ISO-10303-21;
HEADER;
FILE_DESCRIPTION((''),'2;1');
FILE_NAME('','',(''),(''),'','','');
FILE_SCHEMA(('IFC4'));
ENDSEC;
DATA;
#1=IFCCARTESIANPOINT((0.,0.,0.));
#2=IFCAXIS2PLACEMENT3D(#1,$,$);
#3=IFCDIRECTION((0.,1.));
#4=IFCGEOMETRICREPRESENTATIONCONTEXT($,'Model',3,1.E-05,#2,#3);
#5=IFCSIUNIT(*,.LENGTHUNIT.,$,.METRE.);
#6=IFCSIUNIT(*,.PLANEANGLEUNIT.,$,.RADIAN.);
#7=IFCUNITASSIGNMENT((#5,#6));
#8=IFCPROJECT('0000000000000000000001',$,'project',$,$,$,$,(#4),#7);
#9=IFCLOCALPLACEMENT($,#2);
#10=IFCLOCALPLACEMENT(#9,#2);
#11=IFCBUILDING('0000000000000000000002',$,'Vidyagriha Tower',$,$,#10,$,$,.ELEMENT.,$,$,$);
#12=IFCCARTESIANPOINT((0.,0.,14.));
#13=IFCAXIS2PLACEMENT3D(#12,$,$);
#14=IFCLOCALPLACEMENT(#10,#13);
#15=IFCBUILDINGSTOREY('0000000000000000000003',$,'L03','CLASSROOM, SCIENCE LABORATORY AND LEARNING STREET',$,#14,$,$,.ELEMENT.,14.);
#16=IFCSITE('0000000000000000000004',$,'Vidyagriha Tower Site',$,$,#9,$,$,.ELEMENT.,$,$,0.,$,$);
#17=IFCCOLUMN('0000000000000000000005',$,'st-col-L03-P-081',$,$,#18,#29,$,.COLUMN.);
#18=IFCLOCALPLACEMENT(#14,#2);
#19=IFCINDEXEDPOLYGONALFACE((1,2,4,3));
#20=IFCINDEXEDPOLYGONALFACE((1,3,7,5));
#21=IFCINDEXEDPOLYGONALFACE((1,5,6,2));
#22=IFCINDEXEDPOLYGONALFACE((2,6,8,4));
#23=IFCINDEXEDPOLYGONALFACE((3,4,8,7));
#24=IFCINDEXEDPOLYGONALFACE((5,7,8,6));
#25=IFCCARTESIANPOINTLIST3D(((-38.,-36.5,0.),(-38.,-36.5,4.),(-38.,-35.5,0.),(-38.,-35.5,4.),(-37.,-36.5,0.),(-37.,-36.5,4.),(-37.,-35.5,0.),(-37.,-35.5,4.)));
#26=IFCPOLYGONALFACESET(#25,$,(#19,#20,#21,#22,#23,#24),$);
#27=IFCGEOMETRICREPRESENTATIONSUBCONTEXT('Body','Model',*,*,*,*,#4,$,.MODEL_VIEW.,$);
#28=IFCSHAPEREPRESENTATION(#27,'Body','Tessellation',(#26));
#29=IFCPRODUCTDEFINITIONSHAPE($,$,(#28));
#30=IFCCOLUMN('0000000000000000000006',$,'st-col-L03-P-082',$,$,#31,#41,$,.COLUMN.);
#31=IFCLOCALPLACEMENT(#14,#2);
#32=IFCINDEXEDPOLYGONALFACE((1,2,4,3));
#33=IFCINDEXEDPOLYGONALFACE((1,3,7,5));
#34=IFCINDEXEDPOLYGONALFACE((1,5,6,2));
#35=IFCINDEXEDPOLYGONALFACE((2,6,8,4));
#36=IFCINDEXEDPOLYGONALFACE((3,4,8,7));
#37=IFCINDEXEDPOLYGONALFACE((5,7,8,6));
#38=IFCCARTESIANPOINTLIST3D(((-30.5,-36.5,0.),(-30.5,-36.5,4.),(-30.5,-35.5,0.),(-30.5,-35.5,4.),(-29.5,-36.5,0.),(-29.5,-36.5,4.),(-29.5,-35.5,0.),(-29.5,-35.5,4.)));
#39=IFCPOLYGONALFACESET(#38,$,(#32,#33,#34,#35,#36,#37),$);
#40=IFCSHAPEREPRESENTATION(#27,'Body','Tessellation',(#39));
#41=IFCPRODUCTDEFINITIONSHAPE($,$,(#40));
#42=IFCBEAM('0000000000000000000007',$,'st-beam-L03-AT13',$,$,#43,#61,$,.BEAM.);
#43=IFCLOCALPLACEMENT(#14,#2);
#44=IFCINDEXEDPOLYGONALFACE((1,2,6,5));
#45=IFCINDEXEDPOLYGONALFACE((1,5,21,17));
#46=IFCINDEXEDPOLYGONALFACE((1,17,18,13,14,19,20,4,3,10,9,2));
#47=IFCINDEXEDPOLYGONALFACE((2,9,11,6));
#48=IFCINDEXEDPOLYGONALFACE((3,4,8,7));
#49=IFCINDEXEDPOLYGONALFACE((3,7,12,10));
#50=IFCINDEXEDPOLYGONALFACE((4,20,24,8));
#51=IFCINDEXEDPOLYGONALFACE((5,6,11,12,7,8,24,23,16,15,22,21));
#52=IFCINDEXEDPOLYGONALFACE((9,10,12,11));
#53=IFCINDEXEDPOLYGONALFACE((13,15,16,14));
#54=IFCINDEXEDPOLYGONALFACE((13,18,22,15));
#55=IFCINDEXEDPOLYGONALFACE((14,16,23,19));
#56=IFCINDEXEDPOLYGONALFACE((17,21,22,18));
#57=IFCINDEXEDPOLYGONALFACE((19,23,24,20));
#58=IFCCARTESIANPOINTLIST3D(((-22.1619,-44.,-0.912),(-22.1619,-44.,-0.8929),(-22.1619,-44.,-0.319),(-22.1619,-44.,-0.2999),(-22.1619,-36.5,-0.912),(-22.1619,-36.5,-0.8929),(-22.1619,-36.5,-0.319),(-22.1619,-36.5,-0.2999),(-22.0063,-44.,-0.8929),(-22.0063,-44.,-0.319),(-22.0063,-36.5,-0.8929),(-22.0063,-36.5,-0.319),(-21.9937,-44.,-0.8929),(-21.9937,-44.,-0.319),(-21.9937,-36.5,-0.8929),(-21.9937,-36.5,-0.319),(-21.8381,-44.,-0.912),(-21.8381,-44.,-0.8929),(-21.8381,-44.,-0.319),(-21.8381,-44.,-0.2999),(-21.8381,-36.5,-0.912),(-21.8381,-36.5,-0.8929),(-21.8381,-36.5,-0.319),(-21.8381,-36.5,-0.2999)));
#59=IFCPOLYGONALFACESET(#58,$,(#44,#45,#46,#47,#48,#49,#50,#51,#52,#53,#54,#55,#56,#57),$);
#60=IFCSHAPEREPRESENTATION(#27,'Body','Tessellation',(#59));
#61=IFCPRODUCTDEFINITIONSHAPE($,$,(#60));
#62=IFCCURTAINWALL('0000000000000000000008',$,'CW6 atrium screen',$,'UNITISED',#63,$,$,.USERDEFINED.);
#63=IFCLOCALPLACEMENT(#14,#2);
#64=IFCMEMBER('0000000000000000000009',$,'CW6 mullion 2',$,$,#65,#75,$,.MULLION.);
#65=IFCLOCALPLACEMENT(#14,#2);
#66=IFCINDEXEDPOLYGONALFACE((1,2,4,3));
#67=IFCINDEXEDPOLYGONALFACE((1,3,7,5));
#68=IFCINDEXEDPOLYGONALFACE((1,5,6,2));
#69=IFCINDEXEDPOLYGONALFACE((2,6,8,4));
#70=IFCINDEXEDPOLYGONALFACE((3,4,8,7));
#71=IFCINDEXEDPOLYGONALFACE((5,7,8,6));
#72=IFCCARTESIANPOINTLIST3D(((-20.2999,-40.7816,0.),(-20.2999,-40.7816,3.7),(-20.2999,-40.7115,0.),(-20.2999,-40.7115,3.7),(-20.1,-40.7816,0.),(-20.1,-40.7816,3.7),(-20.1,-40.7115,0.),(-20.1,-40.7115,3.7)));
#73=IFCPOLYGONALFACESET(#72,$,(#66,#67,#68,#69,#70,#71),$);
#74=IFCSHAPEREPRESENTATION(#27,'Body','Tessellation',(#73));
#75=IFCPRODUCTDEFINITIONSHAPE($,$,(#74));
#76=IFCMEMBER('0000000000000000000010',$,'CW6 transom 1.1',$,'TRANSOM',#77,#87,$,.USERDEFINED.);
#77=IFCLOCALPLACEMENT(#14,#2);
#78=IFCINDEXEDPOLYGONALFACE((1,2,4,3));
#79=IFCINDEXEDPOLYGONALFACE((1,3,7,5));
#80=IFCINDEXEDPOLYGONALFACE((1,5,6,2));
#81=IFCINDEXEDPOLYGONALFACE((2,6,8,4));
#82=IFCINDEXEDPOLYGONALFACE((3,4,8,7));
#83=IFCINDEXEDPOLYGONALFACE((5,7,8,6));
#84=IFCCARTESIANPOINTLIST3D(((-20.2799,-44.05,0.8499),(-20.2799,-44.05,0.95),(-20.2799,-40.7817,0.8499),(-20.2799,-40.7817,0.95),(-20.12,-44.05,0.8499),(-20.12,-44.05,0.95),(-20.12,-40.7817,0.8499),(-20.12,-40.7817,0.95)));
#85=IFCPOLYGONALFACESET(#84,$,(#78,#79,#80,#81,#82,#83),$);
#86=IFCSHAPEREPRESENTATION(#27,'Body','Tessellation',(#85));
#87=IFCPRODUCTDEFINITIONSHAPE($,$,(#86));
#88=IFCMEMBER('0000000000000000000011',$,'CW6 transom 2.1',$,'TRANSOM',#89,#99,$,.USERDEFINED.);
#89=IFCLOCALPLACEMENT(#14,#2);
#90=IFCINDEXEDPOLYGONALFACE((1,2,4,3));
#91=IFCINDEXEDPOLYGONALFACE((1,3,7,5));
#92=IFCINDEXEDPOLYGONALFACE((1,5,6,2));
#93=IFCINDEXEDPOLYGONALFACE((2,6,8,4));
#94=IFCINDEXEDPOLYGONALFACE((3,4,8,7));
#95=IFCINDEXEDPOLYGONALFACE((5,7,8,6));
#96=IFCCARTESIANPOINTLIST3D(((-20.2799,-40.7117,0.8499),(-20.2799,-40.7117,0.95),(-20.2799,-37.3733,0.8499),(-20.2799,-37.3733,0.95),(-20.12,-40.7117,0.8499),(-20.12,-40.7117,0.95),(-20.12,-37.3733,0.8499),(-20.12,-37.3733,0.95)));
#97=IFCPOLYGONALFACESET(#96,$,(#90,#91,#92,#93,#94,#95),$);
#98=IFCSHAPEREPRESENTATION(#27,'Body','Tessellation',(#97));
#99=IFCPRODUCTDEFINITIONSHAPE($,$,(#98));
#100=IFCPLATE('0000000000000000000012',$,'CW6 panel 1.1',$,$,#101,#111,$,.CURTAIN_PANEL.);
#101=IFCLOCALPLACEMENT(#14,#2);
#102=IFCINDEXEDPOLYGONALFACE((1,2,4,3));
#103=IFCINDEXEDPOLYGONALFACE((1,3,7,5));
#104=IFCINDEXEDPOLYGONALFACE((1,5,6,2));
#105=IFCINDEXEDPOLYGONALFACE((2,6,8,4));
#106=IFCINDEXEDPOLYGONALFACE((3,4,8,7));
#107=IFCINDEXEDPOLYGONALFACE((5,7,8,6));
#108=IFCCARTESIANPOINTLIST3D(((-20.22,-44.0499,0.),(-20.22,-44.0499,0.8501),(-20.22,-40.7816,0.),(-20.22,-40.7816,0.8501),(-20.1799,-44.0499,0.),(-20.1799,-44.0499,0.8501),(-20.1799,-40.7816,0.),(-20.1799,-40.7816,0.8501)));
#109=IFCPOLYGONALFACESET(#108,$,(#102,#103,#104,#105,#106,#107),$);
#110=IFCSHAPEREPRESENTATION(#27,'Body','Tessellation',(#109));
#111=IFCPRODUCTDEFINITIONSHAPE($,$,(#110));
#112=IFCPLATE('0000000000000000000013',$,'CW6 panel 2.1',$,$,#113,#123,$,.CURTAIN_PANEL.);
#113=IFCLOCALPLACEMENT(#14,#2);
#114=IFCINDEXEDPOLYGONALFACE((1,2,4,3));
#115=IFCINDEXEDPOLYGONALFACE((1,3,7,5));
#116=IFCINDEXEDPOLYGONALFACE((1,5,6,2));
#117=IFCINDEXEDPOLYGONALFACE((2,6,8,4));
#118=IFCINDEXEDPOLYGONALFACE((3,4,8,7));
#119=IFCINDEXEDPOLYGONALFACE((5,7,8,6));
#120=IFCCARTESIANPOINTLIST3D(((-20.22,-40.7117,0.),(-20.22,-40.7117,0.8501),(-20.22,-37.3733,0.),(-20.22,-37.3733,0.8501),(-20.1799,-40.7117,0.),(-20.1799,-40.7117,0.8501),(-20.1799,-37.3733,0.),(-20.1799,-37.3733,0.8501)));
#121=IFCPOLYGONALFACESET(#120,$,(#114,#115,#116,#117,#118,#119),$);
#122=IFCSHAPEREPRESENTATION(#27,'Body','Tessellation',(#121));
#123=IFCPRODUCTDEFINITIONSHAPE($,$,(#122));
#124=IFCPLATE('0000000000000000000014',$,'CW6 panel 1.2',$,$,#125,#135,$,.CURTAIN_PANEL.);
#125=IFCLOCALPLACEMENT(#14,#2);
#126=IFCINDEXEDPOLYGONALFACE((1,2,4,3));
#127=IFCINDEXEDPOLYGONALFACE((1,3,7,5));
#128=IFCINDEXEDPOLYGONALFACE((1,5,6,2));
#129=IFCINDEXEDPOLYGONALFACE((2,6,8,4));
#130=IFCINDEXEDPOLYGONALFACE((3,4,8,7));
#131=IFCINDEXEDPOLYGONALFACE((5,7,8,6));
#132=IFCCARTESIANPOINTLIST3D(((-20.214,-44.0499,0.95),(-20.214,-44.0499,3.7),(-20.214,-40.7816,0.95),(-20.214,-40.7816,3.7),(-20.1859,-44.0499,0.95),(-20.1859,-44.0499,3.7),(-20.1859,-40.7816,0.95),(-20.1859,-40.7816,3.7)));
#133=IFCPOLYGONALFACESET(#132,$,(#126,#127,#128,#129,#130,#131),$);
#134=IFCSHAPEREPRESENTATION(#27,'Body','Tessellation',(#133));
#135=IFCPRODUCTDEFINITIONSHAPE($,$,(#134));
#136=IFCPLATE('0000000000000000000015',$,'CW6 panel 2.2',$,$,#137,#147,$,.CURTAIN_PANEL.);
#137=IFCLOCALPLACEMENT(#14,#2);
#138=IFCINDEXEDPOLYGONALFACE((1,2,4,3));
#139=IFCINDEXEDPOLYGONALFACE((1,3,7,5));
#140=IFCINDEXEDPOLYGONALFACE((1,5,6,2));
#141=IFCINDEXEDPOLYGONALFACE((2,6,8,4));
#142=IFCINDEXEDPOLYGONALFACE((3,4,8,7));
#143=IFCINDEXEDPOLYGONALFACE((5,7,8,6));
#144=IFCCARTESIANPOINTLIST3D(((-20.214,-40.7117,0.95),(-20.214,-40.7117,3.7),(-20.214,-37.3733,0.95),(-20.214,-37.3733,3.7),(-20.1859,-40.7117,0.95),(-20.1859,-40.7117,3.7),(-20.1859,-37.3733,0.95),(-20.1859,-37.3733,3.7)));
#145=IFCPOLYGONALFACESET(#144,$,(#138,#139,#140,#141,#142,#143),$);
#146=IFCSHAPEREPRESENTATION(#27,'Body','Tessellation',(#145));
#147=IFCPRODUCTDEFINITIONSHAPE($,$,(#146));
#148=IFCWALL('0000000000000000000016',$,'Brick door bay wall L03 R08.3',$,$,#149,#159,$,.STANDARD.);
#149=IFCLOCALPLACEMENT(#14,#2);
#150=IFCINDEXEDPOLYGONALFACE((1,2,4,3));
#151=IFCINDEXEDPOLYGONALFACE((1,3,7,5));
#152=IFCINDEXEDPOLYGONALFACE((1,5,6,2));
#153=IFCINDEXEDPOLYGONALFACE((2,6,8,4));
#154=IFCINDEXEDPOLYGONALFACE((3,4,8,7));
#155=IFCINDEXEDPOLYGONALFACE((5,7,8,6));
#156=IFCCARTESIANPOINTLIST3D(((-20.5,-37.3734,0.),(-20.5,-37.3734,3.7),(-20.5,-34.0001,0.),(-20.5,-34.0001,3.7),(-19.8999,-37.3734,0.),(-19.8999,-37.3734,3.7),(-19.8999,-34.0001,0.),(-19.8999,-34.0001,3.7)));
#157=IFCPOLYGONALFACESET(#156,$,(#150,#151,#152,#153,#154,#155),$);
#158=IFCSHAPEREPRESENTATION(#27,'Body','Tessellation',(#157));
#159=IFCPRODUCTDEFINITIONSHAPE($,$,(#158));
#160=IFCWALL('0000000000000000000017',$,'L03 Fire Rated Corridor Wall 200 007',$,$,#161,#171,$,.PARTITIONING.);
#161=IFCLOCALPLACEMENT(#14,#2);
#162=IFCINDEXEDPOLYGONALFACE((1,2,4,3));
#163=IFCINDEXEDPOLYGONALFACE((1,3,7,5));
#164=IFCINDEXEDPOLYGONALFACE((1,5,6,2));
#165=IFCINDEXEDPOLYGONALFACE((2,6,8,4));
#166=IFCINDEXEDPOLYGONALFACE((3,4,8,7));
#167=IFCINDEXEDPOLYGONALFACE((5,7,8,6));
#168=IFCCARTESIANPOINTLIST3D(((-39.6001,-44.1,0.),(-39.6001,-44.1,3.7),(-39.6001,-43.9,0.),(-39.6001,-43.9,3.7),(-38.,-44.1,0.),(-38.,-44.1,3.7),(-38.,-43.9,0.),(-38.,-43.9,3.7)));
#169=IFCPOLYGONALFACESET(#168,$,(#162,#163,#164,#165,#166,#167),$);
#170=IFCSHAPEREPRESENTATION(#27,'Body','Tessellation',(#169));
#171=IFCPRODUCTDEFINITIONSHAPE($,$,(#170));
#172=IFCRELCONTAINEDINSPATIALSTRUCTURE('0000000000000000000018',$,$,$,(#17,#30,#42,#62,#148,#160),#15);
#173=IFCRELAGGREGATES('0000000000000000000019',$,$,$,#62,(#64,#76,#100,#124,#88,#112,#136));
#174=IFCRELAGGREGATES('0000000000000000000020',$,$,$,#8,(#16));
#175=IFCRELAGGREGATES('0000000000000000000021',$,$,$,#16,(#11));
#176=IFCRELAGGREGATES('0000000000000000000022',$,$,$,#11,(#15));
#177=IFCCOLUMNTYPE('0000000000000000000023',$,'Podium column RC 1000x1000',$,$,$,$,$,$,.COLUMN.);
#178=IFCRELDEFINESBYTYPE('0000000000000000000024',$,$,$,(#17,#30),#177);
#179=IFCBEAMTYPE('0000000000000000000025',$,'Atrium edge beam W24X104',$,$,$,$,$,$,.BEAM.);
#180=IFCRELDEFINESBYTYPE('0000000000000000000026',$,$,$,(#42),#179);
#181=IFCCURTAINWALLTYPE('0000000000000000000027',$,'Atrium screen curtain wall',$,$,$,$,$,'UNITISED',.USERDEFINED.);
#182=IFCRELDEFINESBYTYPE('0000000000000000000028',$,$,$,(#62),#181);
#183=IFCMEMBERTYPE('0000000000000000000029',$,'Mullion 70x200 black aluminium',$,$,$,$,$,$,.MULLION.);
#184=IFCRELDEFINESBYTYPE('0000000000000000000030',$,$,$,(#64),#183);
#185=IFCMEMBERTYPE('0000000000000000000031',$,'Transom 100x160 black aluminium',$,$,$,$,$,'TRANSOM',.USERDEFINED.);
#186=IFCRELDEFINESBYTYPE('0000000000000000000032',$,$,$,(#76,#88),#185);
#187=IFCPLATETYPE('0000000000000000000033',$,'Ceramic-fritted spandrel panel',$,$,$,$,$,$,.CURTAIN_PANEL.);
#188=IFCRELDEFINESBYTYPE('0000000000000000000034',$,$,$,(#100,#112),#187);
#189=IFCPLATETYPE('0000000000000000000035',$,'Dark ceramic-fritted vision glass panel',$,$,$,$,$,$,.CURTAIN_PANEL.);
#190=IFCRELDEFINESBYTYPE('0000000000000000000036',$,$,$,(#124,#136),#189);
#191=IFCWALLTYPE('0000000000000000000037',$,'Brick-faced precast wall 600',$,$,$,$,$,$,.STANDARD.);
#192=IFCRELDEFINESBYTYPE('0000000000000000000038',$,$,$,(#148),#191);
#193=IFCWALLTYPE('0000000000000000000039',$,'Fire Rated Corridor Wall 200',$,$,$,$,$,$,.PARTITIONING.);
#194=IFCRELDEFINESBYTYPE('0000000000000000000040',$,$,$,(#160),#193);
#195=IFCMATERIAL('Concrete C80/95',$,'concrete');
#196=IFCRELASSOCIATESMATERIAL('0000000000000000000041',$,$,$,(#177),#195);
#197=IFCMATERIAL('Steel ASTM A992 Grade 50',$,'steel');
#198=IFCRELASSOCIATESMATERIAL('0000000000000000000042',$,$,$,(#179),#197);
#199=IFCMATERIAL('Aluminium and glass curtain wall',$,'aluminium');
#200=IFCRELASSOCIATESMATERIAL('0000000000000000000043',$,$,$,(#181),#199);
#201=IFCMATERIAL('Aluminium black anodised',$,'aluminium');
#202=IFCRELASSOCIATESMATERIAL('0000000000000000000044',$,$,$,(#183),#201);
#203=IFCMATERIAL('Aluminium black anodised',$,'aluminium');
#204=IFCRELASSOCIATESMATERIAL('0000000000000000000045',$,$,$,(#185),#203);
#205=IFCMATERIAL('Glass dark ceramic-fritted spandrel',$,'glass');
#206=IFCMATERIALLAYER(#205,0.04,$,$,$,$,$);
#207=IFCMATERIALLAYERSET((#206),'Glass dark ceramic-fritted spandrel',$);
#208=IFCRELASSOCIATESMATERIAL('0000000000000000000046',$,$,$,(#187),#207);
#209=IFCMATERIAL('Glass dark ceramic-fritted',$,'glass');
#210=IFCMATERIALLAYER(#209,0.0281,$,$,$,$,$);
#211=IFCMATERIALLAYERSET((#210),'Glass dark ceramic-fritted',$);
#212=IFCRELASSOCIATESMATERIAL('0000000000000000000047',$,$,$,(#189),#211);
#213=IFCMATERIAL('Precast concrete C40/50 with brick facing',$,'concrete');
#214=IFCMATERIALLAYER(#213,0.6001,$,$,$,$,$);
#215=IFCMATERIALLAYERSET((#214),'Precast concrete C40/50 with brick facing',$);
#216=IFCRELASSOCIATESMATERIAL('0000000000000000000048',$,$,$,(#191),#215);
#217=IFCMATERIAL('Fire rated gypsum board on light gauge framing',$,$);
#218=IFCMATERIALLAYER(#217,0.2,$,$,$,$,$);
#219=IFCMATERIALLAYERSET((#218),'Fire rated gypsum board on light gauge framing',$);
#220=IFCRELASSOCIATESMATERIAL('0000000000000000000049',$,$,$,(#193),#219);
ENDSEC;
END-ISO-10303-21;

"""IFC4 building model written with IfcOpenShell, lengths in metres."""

from ifc_helpers import new_model, si_unit, direction, frame, frame_2d, origin, origin_2d, place, context, subcontext, project, spatial, rectangle, i_section, extrude, material, layer, layer_set, material_profile, profile_set, type_object, element, aggregate, save


model = new_model("IFC4")

# Units and contexts
model_context = context("Model", 3, precision=1e-05, world=origin(), true_north=direction((0.0, 1.0)))
body_context = subcontext(model_context, "Body", "Model", "MODEL_VIEW")
ifc_project = project(units=[si_unit("LENGTHUNIT", "METRE"), si_unit("PLANEANGLEUNIT", "RADIAN")], contexts=[model_context])

# Site, building, storey
site_placement = place(None, origin())
site = spatial("IfcSite", under=ifc_project, at=site_placement, Name="Vidyagriha Tower Site", CompositionType="ELEMENT", RefElevation=0.0)
building_placement = place(site_placement, origin())
building = spatial("IfcBuilding", under=site, at=building_placement, Name="Vidyagriha Tower", CompositionType="ELEMENT")
storey_placement = place(building_placement, frame((0.0, 0.0, 14.0)))
storey = spatial("IfcBuildingStorey", under=building, at=storey_placement, Name="L03", Description="CLASSROOM, SCIENCE LABORATORY AND LEARNING STREET", CompositionType="ELEMENT", Elevation=14.0)

# Columns
ifc_material_1 = material(Name="Concrete C80/95", Category="concrete")
ifc_material_profile_1 = material_profile(ifc_material_1, rectangle(XDim=1.0, YDim=1.0, at=origin_2d()), Name="RC 1000x1000")
ifc_profile_set_1 = profile_set([ifc_material_profile_1], Name="Concrete C80/95")
column_type = type_object("IfcColumnType", Name="Podium column RC 1000x1000", PredefinedType="COLUMN", material=ifc_profile_set_1)
for number, where, name in (
    (1, (-37.5, -36.0, 0.0), "st-col-L03-P-081"),
    (2, (-30.0, -36.0, 0.0), "st-col-L03-P-082"),
):
    element("IfcColumn", number, at=place(storey_placement, frame(where)), inside=storey, type_object=column_type, Name=name, PredefinedType="COLUMN", context=body_context, shape_type="SweptSolid", body=[
        extrude(rectangle(XDim=1.0, YDim=1.0, at=origin_2d()), origin(), (0.0, 0.0, 1.0), 4.0),
    ])

# Beam
ifc_material_2 = material(Name="Steel ASTM A992 Grade 50", Category="steel")
ifc_material_profile_2 = material_profile(ifc_material_2, i_section(OverallWidth=0.3237, OverallDepth=0.6121, WebThickness=0.0127, FlangeThickness=0.019, at=origin_2d()), Name="W24X104")
ifc_profile_set_2 = profile_set([ifc_material_profile_2], Name="Steel ASTM A992 Grade 50")
beam_type = type_object("IfcBeamType", Name="Atrium edge beam W24X104", PredefinedType="BEAM", material=ifc_profile_set_2)
beam_placement = place(storey_placement, frame((-22.0, -44.0, -0.606), z_axis=(0.0, 1.0, 0.0), x_axis=(-1.0, 0.0, 0.0)))
element("IfcBeam", 3, at=beam_placement, inside=storey, type_object=beam_type, Name="st-beam-L03-AT13", PredefinedType="BEAM", context=body_context, shape_type="SweptSolid", body=[
    extrude(i_section(OverallWidth=0.3237, OverallDepth=0.6121, WebThickness=0.0127, FlangeThickness=0.019, at=origin_2d()), origin(), (0.0, 0.0, 1.0), 7.5),
])

# Curtain wall, members, plates
ifc_material_3 = material(Name="Aluminium and glass curtain wall", Category="aluminium")
curtain_wall_type = type_object("IfcCurtainWallType", Name="Atrium screen curtain wall", ElementType="UNITISED", PredefinedType="USERDEFINED", material=ifc_material_3)
curtain_wall_placement = place(storey_placement, origin())
curtain_wall = element("IfcCurtainWall", 4, at=curtain_wall_placement, inside=storey, type_object=curtain_wall_type, Name="CW6 atrium screen", ObjectType="UNITISED", PredefinedType="USERDEFINED")
ifc_material_4 = material(Name="Aluminium black anodised", Category="aluminium")
ifc_material_profile_3 = material_profile(ifc_material_4, rectangle(XDim=0.2, YDim=0.0701, at=origin_2d()), Name="Mullion 70x200 black aluminium")
ifc_profile_set_3 = profile_set([ifc_material_profile_3], Name="Aluminium black anodised")
member_type_1 = type_object("IfcMemberType", Name="Mullion 70x200 black aluminium", PredefinedType="MULLION", material=ifc_profile_set_3)
member_1_placement = place(storey_placement, frame((-20.2, -40.7466, 0.0), z_axis=(0.0, 0.0, 1.0), x_axis=(-1.0, 0.0, 0.0)))
member_1 = element("IfcMember", 5, at=member_1_placement, type_object=member_type_1, Name="CW6 mullion 2", PredefinedType="MULLION", context=body_context, shape_type="SweptSolid", body=[
    extrude(rectangle(XDim=0.2, YDim=0.0701, at=origin_2d()), origin(), (0.0, 0.0, 1.0), 3.7),
])
ifc_material_5 = material(Name="Aluminium black anodised", Category="aluminium")
ifc_material_profile_4 = material_profile(ifc_material_5, rectangle(XDim=0.1599, YDim=0.1001, at=origin_2d()), Name="Transom 100x160 black aluminium")
ifc_profile_set_4 = profile_set([ifc_material_profile_4], Name="Aluminium black anodised")
member_type_2 = type_object("IfcMemberType", Name="Transom 100x160 black aluminium", ElementType="TRANSOM", PredefinedType="USERDEFINED", material=ifc_profile_set_4)
member_2_placement = place(storey_placement, frame((-20.2, -44.05, 0.8999), z_axis=(0.0, 1.0, 0.0), x_axis=(-1.0, 0.0, 0.0)))
member_2 = element("IfcMember", 6, at=member_2_placement, type_object=member_type_2, Name="CW6 transom 1.1", ObjectType="TRANSOM", PredefinedType="USERDEFINED", context=body_context, shape_type="SweptSolid", body=[
    extrude(rectangle(XDim=0.1599, YDim=0.1001, at=origin_2d()), origin(), (0.0, 0.0, 1.0), 3.2683),
])
member_3_placement = place(storey_placement, frame((-20.2, -40.7117, 0.8999), z_axis=(0.0, 1.0, 0.0), x_axis=(-1.0, 0.0, 0.0)))
member_3 = element("IfcMember", 7, at=member_3_placement, type_object=member_type_2, Name="CW6 transom 2.1", ObjectType="TRANSOM", PredefinedType="USERDEFINED", context=body_context, shape_type="SweptSolid", body=[
    extrude(rectangle(XDim=0.1599, YDim=0.1001, at=origin_2d()), origin(), (0.0, 0.0, 1.0), 3.3384),
])
ifc_material_6 = material(Name="Glass dark ceramic-fritted spandrel", Category="glass")
ifc_layer_1 = layer(ifc_material_6, 0.04)
ifc_layer_set_1 = layer_set([ifc_layer_1], Name="Glass dark ceramic-fritted spandrel")
plate_type_1 = type_object("IfcPlateType", Name="Ceramic-fritted spandrel panel", PredefinedType="CURTAIN_PANEL", material=ifc_layer_set_1)
plate_1_placement = place(storey_placement, frame((-20.2, -42.4158, 0.0), z_axis=(0.0, 0.0, 1.0), x_axis=(0.0, 1.0, 0.0)))
plate_1 = element("IfcPlate", 8, at=plate_1_placement, type_object=plate_type_1, Name="CW6 panel 1.1", PredefinedType="CURTAIN_PANEL", context=body_context, shape_type="SweptSolid", body=[
    extrude(rectangle(XDim=3.2683, YDim=0.04, at=origin_2d()), origin(), (0.0, 0.0, 1.0), 0.8501),
])
plate_2_placement = place(storey_placement, frame((-20.2, -39.0425, 0.0), z_axis=(0.0, 0.0, 1.0), x_axis=(0.0, 1.0, 0.0)))
plate_2 = element("IfcPlate", 9, at=plate_2_placement, type_object=plate_type_1, Name="CW6 panel 2.1", PredefinedType="CURTAIN_PANEL", context=body_context, shape_type="SweptSolid", body=[
    extrude(rectangle(XDim=3.3384, YDim=0.04, at=origin_2d()), origin(), (0.0, 0.0, 1.0), 0.8501),
])
ifc_material_7 = material(Name="Glass dark ceramic-fritted", Category="glass")
ifc_layer_2 = layer(ifc_material_7, 0.0281)
ifc_layer_set_2 = layer_set([ifc_layer_2], Name="Glass dark ceramic-fritted")
plate_type_2 = type_object("IfcPlateType", Name="Dark ceramic-fritted vision glass panel", PredefinedType="CURTAIN_PANEL", material=ifc_layer_set_2)
plate_3_placement = place(storey_placement, frame((-20.2, -42.4158, 0.95), z_axis=(0.0, 0.0, 1.0), x_axis=(0.0, 1.0, 0.0)))
plate_3 = element("IfcPlate", 10, at=plate_3_placement, type_object=plate_type_2, Name="CW6 panel 1.2", PredefinedType="CURTAIN_PANEL", context=body_context, shape_type="SweptSolid", body=[
    extrude(rectangle(XDim=3.2683, YDim=0.0281, at=origin_2d()), origin(), (0.0, 0.0, 1.0), 2.75),
])
plate_4_placement = place(storey_placement, frame((-20.2, -39.0425, 0.95), z_axis=(0.0, 0.0, 1.0), x_axis=(0.0, 1.0, 0.0)))
plate_4 = element("IfcPlate", 11, at=plate_4_placement, type_object=plate_type_2, Name="CW6 panel 2.2", PredefinedType="CURTAIN_PANEL", context=body_context, shape_type="SweptSolid", body=[
    extrude(rectangle(XDim=3.3384, YDim=0.0281, at=origin_2d()), origin(), (0.0, 0.0, 1.0), 2.75),
])
aggregate(curtain_wall, [member_1, member_2, plate_1, plate_3, member_3, plate_2, plate_4])

# Walls
ifc_material_8 = material(Name="Precast concrete C40/50 with brick facing", Category="concrete")
ifc_layer_3 = layer(ifc_material_8, 0.6001)
ifc_layer_set_3 = layer_set([ifc_layer_3], Name="Precast concrete C40/50 with brick facing")
wall_type_1 = type_object("IfcWallType", Name="Brick-faced precast wall 600", PredefinedType="STANDARD", material=ifc_layer_set_3)
wall_1_placement = place(storey_placement, frame((-20.2, -37.3733, 0.0), z_axis=(0.0, 0.0, 1.0), x_axis=(0.0, 1.0, 0.0)))
element("IfcWall", 12, at=wall_1_placement, inside=storey, type_object=wall_type_1, Name="Brick door bay wall L03 R08.3", PredefinedType="STANDARD", context=body_context, shape_type="SweptSolid", body=[
    extrude(rectangle(XDim=3.3733, YDim=0.6001, at=frame_2d((1.6865, 0.0))), origin(), (0.0, 0.0, 1.0), 3.7),
])
ifc_material_9 = material(Name="Fire rated gypsum board on light gauge framing")
ifc_layer_4 = layer(ifc_material_9, 0.2)
ifc_layer_set_4 = layer_set([ifc_layer_4], Name="Fire rated gypsum board on light gauge framing")
wall_type_2 = type_object("IfcWallType", Name="Fire Rated Corridor Wall 200", PredefinedType="PARTITIONING", material=ifc_layer_set_4)
wall_2_placement = place(storey_placement, frame((-39.6001, -44.0, 0.0)))
element("IfcWall", 13, at=wall_2_placement, inside=storey, type_object=wall_type_2, Name="L03 Fire Rated Corridor Wall 200 007", PredefinedType="PARTITIONING", context=body_context, shape_type="SweptSolid", body=[
    extrude(rectangle(XDim=1.6001, YDim=0.2, at=frame_2d((0.8, 0.0))), origin(), (0.0, 0.0, 1.0), 3.7),
])

save(model, "model.ifc")
